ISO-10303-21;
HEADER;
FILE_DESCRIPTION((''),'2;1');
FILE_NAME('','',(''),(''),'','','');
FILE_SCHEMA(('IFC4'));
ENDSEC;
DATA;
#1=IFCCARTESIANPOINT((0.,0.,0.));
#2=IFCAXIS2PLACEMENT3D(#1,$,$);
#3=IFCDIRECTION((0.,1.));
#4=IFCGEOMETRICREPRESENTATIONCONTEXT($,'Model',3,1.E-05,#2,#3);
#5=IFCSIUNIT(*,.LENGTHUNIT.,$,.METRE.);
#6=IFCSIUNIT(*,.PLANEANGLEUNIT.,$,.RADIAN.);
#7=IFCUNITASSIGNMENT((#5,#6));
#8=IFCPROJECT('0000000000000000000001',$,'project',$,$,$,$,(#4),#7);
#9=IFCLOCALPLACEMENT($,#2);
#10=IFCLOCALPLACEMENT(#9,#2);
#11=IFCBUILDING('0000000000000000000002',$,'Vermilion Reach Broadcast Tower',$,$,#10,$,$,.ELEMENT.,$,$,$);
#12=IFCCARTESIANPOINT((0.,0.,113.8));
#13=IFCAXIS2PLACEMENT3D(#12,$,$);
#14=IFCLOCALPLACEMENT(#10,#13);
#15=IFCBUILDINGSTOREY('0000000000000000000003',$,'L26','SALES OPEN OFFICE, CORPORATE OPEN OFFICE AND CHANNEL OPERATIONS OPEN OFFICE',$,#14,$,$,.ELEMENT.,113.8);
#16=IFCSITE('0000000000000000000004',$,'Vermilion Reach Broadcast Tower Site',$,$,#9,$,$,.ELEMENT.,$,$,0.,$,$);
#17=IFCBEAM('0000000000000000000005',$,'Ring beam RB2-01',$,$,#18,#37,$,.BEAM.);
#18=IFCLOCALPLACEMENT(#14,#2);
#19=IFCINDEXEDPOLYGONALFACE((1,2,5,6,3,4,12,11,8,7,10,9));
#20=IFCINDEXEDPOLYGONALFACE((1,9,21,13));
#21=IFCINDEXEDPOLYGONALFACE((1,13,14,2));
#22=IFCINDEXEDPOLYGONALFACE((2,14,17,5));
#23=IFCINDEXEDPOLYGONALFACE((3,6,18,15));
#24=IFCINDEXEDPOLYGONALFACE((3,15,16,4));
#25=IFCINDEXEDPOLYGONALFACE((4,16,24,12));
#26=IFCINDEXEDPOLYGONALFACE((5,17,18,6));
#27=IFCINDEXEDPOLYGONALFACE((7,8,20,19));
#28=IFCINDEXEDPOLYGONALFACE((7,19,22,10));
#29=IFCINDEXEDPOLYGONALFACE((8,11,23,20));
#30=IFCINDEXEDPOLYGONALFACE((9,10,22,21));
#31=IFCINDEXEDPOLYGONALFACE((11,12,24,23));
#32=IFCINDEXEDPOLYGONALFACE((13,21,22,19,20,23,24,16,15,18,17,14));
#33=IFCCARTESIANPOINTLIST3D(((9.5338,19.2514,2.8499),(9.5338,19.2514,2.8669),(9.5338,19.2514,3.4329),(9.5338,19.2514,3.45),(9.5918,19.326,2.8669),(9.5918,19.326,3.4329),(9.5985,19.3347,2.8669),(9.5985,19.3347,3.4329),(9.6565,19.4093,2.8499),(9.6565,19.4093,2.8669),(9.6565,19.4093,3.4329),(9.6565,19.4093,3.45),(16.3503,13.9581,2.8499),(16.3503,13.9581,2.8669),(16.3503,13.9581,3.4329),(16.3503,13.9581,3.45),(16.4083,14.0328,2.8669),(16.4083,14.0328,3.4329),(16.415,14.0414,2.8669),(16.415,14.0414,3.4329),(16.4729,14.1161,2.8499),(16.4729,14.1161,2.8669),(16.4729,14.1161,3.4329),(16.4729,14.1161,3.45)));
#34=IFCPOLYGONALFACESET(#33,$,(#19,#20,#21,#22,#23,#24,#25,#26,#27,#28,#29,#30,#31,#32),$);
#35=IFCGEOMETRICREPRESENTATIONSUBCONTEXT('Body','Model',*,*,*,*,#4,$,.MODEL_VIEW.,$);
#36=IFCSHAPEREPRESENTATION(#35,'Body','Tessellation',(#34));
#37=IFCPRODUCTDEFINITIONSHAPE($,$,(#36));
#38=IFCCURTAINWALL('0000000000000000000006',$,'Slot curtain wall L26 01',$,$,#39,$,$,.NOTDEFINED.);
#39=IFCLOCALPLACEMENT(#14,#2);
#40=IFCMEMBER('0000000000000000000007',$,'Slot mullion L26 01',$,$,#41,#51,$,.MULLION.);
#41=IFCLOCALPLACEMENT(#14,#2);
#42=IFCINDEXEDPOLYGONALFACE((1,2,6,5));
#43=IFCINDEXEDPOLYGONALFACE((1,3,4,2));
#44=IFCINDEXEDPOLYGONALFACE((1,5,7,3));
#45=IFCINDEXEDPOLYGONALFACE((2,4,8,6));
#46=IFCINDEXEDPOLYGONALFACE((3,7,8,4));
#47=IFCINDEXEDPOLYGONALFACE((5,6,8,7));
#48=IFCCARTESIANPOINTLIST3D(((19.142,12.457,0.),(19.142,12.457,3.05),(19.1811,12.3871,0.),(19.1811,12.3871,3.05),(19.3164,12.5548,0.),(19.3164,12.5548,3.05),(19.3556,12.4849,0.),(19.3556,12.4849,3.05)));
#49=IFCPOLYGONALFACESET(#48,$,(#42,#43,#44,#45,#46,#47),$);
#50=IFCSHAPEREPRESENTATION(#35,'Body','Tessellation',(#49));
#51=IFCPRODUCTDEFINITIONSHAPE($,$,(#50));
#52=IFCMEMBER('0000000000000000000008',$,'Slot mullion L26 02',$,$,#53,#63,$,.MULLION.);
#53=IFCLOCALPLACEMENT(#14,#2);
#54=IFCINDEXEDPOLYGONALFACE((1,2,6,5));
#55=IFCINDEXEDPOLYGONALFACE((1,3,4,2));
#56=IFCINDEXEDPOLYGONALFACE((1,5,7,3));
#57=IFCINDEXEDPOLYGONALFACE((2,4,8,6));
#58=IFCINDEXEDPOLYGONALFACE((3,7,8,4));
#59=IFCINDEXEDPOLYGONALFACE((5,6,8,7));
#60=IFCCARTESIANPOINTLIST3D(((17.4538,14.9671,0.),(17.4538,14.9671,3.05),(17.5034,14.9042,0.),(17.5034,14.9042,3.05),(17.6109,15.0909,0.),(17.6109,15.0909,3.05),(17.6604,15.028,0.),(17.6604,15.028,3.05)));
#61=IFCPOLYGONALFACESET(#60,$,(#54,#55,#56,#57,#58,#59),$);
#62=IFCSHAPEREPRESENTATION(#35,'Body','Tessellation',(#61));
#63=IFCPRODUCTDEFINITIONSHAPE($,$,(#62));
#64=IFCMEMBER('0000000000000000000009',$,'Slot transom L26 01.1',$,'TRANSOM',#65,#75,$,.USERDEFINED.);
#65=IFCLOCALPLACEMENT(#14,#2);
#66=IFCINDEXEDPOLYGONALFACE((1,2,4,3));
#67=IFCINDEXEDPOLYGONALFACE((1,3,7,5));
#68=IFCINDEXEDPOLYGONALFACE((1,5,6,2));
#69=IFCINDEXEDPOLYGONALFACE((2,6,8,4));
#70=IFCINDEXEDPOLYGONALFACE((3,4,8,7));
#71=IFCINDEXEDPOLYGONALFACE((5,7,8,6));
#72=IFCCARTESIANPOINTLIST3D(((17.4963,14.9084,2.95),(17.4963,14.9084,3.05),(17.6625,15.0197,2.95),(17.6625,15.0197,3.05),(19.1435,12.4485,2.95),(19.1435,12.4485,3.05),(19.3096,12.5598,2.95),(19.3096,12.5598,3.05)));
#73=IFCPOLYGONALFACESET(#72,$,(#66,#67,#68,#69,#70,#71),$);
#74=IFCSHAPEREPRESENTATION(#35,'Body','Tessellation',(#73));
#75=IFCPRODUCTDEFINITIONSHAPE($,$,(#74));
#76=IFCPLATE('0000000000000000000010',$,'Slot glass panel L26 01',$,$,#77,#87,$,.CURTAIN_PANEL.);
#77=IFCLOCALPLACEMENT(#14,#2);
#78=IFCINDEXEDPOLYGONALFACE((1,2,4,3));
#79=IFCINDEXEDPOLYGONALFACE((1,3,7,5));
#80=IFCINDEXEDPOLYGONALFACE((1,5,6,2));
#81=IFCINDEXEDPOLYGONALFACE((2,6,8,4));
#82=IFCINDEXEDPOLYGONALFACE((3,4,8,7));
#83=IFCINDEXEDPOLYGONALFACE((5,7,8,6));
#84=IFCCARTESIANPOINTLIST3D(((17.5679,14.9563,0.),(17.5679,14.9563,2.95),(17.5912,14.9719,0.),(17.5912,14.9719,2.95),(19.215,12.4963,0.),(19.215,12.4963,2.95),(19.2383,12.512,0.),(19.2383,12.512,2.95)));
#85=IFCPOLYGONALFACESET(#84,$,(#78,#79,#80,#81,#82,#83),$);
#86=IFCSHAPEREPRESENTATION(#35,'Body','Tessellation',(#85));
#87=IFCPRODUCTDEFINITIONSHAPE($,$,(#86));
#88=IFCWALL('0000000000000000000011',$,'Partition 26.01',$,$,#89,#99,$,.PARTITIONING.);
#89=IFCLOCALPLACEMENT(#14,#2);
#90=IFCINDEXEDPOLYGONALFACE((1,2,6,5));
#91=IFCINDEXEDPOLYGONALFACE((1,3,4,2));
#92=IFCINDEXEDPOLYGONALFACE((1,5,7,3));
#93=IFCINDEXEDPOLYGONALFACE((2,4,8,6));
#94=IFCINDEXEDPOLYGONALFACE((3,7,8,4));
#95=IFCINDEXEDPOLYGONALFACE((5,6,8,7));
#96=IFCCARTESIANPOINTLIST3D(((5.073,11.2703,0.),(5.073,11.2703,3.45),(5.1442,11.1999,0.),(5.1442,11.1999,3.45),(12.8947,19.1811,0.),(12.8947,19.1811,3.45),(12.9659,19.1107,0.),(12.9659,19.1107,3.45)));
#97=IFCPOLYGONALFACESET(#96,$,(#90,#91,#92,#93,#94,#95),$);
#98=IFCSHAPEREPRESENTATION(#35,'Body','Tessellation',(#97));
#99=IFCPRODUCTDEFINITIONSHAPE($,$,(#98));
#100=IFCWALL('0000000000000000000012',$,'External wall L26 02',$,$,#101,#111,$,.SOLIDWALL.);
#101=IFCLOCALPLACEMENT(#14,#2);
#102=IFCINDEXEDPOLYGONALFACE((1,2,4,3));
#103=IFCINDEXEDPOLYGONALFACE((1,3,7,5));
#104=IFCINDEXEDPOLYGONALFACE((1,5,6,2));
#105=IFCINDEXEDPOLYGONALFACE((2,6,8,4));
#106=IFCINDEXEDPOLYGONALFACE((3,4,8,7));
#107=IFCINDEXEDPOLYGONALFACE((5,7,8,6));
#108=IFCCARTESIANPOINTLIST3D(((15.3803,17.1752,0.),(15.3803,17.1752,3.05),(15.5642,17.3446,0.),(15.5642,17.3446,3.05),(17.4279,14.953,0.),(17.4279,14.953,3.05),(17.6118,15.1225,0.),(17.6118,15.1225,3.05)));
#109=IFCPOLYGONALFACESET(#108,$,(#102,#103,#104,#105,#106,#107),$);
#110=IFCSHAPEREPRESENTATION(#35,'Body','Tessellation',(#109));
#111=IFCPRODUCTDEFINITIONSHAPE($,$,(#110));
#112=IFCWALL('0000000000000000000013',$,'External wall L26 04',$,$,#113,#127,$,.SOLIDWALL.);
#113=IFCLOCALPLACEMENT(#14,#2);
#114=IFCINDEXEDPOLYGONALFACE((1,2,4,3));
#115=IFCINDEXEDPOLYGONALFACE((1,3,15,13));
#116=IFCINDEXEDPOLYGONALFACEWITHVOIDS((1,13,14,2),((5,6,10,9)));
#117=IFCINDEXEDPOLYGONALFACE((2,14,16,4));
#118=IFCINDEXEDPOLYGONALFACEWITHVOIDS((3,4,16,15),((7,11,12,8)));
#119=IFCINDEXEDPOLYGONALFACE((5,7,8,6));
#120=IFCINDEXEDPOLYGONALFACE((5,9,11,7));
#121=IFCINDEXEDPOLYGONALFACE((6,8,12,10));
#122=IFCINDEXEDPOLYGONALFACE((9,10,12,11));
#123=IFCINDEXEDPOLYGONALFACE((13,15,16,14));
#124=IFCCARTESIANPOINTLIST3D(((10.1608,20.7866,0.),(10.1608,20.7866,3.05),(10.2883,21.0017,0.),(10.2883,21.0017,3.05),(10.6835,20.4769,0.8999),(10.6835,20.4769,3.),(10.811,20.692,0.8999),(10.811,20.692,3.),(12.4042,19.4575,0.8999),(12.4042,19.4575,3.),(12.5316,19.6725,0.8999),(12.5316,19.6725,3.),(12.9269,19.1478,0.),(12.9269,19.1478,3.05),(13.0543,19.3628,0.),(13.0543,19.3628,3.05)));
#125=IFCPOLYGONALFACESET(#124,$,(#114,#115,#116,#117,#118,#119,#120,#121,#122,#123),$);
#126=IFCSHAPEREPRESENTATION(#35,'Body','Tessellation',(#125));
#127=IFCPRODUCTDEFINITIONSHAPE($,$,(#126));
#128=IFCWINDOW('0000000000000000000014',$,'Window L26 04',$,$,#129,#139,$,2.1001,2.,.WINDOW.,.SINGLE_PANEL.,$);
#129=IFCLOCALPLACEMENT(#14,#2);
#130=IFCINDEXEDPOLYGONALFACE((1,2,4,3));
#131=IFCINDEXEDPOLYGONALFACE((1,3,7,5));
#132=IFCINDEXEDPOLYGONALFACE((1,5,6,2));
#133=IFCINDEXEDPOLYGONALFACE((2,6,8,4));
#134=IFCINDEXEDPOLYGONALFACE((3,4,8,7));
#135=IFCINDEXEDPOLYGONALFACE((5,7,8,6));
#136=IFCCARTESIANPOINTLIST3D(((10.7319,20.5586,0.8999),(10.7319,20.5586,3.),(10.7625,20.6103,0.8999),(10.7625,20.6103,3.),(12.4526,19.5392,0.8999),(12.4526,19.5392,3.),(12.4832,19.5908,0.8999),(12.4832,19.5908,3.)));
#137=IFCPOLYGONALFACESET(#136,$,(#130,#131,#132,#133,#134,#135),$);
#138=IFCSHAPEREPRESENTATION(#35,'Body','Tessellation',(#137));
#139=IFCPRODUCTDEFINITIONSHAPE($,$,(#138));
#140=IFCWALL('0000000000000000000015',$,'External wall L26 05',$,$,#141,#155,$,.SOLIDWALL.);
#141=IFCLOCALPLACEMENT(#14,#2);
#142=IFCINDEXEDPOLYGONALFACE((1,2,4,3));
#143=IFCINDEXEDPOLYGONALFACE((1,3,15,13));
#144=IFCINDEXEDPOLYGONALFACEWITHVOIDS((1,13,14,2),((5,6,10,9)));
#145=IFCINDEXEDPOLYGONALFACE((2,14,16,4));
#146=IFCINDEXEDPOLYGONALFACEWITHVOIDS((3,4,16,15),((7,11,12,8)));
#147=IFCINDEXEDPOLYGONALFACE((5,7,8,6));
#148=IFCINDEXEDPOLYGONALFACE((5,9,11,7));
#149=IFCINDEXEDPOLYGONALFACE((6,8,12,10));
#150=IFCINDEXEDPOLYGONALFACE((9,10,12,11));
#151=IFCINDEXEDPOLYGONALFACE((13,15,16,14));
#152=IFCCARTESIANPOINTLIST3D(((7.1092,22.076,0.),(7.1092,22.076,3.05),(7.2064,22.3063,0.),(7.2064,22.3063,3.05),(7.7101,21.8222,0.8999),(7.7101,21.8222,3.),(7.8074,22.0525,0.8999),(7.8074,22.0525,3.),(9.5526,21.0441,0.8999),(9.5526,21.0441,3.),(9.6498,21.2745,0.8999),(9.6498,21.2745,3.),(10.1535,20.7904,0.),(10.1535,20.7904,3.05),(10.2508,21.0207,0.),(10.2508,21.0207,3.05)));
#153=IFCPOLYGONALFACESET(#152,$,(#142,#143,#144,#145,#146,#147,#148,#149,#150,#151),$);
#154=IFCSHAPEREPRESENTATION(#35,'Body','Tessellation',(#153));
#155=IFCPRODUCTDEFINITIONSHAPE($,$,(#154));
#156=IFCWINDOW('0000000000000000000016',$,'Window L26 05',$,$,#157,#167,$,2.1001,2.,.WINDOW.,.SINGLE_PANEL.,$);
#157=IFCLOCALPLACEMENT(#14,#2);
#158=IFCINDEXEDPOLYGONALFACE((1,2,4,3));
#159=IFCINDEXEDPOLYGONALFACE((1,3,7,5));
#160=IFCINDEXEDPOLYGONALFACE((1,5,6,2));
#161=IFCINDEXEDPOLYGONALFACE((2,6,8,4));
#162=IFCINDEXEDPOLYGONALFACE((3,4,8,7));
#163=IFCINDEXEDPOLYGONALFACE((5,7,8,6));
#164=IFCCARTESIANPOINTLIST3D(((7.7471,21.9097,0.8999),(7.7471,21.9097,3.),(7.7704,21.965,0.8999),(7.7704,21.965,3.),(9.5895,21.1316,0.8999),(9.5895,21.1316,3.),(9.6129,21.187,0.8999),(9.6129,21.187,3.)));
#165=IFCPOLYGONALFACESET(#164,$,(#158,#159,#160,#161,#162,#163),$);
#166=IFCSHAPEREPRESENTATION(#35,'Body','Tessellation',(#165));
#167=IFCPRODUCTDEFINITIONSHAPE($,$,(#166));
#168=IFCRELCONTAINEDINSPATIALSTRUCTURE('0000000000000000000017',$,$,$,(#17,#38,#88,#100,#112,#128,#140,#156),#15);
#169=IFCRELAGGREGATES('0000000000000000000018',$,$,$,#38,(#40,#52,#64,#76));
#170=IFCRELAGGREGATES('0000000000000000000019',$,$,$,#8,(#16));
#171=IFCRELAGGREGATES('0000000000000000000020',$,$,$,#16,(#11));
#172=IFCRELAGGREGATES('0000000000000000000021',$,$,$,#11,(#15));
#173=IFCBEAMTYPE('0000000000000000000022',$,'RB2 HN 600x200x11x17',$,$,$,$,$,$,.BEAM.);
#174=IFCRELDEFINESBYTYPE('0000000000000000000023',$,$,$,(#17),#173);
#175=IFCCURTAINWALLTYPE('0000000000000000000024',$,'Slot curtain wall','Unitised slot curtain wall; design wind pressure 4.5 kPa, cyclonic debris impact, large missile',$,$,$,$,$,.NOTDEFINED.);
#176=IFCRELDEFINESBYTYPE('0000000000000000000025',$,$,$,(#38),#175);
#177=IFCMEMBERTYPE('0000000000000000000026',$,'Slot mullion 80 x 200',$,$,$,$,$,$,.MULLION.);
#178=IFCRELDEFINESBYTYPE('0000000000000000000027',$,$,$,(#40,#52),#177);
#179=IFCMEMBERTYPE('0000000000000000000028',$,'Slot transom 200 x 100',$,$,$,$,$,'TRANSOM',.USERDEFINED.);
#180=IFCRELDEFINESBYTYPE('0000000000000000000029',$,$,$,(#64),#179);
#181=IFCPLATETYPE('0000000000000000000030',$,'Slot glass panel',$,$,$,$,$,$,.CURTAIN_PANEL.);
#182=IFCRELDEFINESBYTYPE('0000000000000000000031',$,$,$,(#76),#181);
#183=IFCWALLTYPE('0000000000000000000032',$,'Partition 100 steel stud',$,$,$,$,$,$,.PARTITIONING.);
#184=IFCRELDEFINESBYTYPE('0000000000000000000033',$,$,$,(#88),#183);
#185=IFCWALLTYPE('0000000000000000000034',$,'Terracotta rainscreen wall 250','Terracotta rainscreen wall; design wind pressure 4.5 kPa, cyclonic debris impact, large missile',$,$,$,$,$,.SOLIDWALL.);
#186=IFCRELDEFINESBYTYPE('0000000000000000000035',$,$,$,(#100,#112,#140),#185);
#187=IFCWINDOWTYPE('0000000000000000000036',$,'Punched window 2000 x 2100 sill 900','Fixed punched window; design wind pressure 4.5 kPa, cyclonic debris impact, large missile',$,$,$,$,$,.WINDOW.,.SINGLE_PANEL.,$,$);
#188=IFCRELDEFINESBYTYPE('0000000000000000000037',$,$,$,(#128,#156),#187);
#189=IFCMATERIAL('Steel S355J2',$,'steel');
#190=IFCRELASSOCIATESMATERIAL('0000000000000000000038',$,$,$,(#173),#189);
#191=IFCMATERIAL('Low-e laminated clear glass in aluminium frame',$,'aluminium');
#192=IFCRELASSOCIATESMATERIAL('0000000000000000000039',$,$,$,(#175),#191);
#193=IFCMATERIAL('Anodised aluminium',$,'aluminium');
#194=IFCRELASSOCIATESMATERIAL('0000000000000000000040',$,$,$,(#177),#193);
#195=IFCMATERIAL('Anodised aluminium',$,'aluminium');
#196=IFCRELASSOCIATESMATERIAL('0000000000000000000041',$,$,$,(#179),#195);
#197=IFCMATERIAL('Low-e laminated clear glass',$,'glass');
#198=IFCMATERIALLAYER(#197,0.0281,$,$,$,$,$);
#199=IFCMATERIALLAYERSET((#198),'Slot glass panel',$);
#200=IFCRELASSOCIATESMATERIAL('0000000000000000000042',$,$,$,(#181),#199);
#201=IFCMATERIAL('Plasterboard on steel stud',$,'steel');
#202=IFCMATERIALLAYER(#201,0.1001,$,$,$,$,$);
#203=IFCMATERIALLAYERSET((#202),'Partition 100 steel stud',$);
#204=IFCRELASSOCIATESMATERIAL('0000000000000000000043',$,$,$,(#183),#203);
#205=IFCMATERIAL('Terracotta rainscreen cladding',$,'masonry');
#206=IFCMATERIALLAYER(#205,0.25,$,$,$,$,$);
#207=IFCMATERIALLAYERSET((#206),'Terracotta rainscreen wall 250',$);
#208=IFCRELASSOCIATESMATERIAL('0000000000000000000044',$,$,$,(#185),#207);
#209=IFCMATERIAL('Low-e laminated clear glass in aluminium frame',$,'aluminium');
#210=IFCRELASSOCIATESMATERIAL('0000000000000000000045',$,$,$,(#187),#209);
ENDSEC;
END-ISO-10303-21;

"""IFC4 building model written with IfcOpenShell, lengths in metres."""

from ifc_helpers import new_model, si_unit, direction, frame, frame_2d, origin, origin_2d, place, context, subcontext, project, spatial, rectangle, i_section, extrude, material, layer, layer_set, material_profile, profile_set, type_object, element, fill, aggregate, save


model = new_model("IFC4")

# Units and contexts
model_context = context("Model", 3, precision=1e-05, world=origin(), true_north=direction((0.0, 1.0)))
body_context = subcontext(model_context, "Body", "Model", "MODEL_VIEW")
ifc_project = project(units=[si_unit("LENGTHUNIT", "METRE"), si_unit("PLANEANGLEUNIT", "RADIAN")], contexts=[model_context])

# Site, building, storey
site_placement = place(None, origin())
site = spatial("IfcSite", under=ifc_project, at=site_placement, Name="Vermilion Reach Broadcast Tower Site", CompositionType="ELEMENT", RefElevation=0.0)
building_placement = place(site_placement, origin())
building = spatial("IfcBuilding", under=site, at=building_placement, Name="Vermilion Reach Broadcast Tower", CompositionType="ELEMENT")
storey_placement = place(building_placement, frame((0.0, 0.0, 113.8)))
storey = spatial("IfcBuildingStorey", under=building, at=storey_placement, Name="L26", Description="SALES OPEN OFFICE, CORPORATE OPEN OFFICE AND CHANNEL OPERATIONS OPEN OFFICE", CompositionType="ELEMENT", Elevation=113.8)

# Beam
ifc_material_1 = material(Name="Steel S355J2", Category="steel")
ifc_material_profile_1 = material_profile(ifc_material_1, i_section(OverallWidth=0.2, OverallDepth=0.6001, WebThickness=0.011, FlangeThickness=0.0171, at=origin_2d()), Name="S355J2 HN 600x200x11x17")
ifc_profile_set_1 = profile_set([ifc_material_profile_1], Name="Steel S355J2")
beam_type_1 = type_object("IfcBeamType", Name="RB2 HN 600x200x11x17", PredefinedType="BEAM", material=ifc_profile_set_1)
beam_1_placement = place(storey_placement, frame((16.4116, 14.0371, 3.1499), z_axis=(-0.789826, 0.613331, 0.0), x_axis=(-0.613331, -0.789826, 0.0)))
element("IfcBeam", 1, at=beam_1_placement, inside=storey, type_object=beam_type_1, Name="Ring beam RB2-01", PredefinedType="BEAM", context=body_context, shape_type="SweptSolid", body=[
    extrude(i_section(OverallWidth=0.2, OverallDepth=0.6001, WebThickness=0.011, FlangeThickness=0.0171, at=origin_2d()), origin(), (0.0, 0.0, 1.0), 8.6304),
])

# Curtain wall, members, plate
ifc_material_2 = material(Name="Low-e laminated clear glass in aluminium frame", Category="aluminium")
curtain_wall_type = type_object("IfcCurtainWallType", Name="Slot curtain wall", Description="Unitised slot curtain wall; design wind pressure 4.5 kPa, cyclonic debris impact, large missile", PredefinedType="NOTDEFINED", material=ifc_material_2)
curtain_wall_placement = place(storey_placement, origin())
curtain_wall = element("IfcCurtainWall", 2, at=curtain_wall_placement, inside=storey, type_object=curtain_wall_type, Name="Slot curtain wall L26 01", PredefinedType="NOTDEFINED")
ifc_material_3 = material(Name="Anodised aluminium", Category="aluminium")
ifc_material_profile_2 = material_profile(ifc_material_3, rectangle(XDim=0.2, YDim=0.0801, at=origin_2d()), Name="Slot mullion 80 x 200")
ifc_profile_set_2 = profile_set([ifc_material_profile_2], Name="Anodised aluminium")
member_type_1 = type_object("IfcMemberType", Name="Slot mullion 80 x 200", PredefinedType="MULLION", material=ifc_profile_set_2)
member_1_placement = place(storey_placement, frame((19.2488, 12.4709, 0.0), z_axis=(0.0, 0.0, 1.0), x_axis=(-0.872335, -0.488909, 0.0)))
member_1 = element("IfcMember", 3, at=member_1_placement, type_object=member_type_1, Name="Slot mullion L26 01", PredefinedType="MULLION", context=body_context, shape_type="SweptSolid", body=[
    extrude(rectangle(XDim=0.2, YDim=0.0801, at=origin_2d()), origin(), (0.0, 0.0, 1.0), 3.05),
])
member_2_placement = place(storey_placement, frame((17.5571, 14.9976, 0.0), z_axis=(0.0, 0.0, 1.0), x_axis=(-0.785496, -0.618867, 0.0)))
member_2 = element("IfcMember", 4, at=member_2_placement, type_object=member_type_1, Name="Slot mullion L26 02", PredefinedType="MULLION", context=body_context, shape_type="SweptSolid", body=[
    extrude(rectangle(XDim=0.2, YDim=0.0801, at=origin_2d()), origin(), (0.0, 0.0, 1.0), 3.05),
])
ifc_material_4 = material(Name="Anodised aluminium", Category="aluminium")
ifc_material_profile_3 = material_profile(ifc_material_4, rectangle(XDim=0.2, YDim=0.1001, at=origin_2d()), Name="Slot transom 200 x 100")
ifc_profile_set_3 = profile_set([ifc_material_profile_3], Name="Anodised aluminium")
member_type_2 = type_object("IfcMemberType", Name="Slot transom 200 x 100", ElementType="TRANSOM", PredefinedType="USERDEFINED", material=ifc_profile_set_3)
member_3_placement = place(storey_placement, frame((19.2266, 12.5042, 3.0), z_axis=(-0.556393, 0.830919, 0.0), x_axis=(-0.830919, -0.556393, 0.0)))
member_3 = element("IfcMember", 5, at=member_3_placement, type_object=member_type_2, Name="Slot transom L26 01.1", ObjectType="TRANSOM", PredefinedType="USERDEFINED", context=body_context, shape_type="SweptSolid", body=[
    extrude(rectangle(XDim=0.2, YDim=0.1001, at=origin_2d()), origin(), (0.0, 0.0, 1.0), 2.9604),
])
ifc_material_5 = material(Name="Low-e laminated clear glass", Category="glass")
ifc_layer_1 = layer(ifc_material_5, 0.0281)
ifc_layer_set_1 = layer_set([ifc_layer_1], Name="Slot glass panel")
plate_type = type_object("IfcPlateType", Name="Slot glass panel", PredefinedType="CURTAIN_PANEL", material=ifc_layer_set_1)
plate_placement = place(storey_placement, frame((18.4031, 13.7341, 0.0), z_axis=(0.0, 0.0, 1.0), x_axis=(-0.556361, 0.83094, 0.0)))
plate = element("IfcPlate", 6, at=plate_placement, type_object=plate_type, Name="Slot glass panel L26 01", PredefinedType="CURTAIN_PANEL", context=body_context, shape_type="SweptSolid", body=[
    extrude(rectangle(XDim=2.9604, YDim=0.0281, at=origin_2d()), origin(), (0.0, 0.0, 1.0), 2.95),
])
aggregate(curtain_wall, [member_1, member_2, member_3, plate])

# Walls
ifc_material_6 = material(Name="Plasterboard on steel stud", Category="steel")
ifc_layer_2 = layer(ifc_material_6, 0.1001)
ifc_layer_set_2 = layer_set([ifc_layer_2], Name="Partition 100 steel stud")
wall_type_1 = type_object("IfcWallType", Name="Partition 100 steel stud", PredefinedType="PARTITIONING", material=ifc_layer_set_2)
wall_1_placement = place(storey_placement, frame((12.9304, 19.146, 0.0), z_axis=(0.0, 0.0, 1.0), x_axis=(-0.70309, -0.7111, 0.0)))
element("IfcWall", 7, at=wall_1_placement, inside=storey, type_object=wall_type_1, Name="Partition 26.01", PredefinedType="PARTITIONING", context=body_context, shape_type="SweptSolid", body=[
    extrude(rectangle(XDim=11.1248, YDim=0.1001, at=frame_2d((5.5625, 0.0))), origin(), (0.0, 0.0, 1.0), 3.45),
])
ifc_material_7 = material(Name="Terracotta rainscreen cladding", Category="masonry")
ifc_layer_3 = layer(ifc_material_7, 0.25)
ifc_layer_set_3 = layer_set([ifc_layer_3], Name="Terracotta rainscreen wall 250")
wall_type_2 = type_object("IfcWallType", Name="Terracotta rainscreen wall 250", Description="Terracotta rainscreen wall; design wind pressure 4.5 kPa, cyclonic debris impact, large missile", PredefinedType="SOLIDWALL", material=ifc_layer_set_3)
wall_2_placement = place(storey_placement, frame((17.5198, 15.0378, 0.0), z_axis=(0.0, 0.0, 1.0), x_axis=(-0.677632, 0.735401, 0.0)))
element("IfcWall", 8, at=wall_2_placement, inside=storey, type_object=wall_type_2, Name="External wall L26 02", PredefinedType="SOLIDWALL", context=body_context, shape_type="SweptSolid", body=[
    extrude(rectangle(XDim=3.0217, YDim=0.25, at=frame_2d((1.5107, 0.0))), origin(), (0.0, 0.0, 1.0), 3.05),
])

# Walls, openings, windows
wall_3_placement = place(storey_placement, frame((12.9905, 19.2554, 0.0), z_axis=(0.0, 0.0, 1.0), x_axis=(-0.860327, 0.509742, 0.0)))
wall_3 = element("IfcWall", 9, at=wall_3_placement, inside=storey, type_object=wall_type_2, Name="External wall L26 04", PredefinedType="SOLIDWALL", context=body_context, shape_type="SweptSolid", body=[
    extrude(rectangle(XDim=3.2151, YDim=0.25, at=frame_2d((1.6074, 0.0))), origin(), (0.0, 0.0, 1.0), 3.05),
])
opening_1_placement = place(wall_3_placement, frame((0.6074, 0.0, 0.8999)))
opening_1 = element("IfcOpeningElement", 10, at=opening_1_placement, cuts=wall_3, PredefinedType="OPENING", context=body_context, shape_type="SweptSolid", body=[
    extrude(rectangle(XDim=2.0, YDim=2.1001, at=frame_2d((1.0, 1.05))), frame((0.0, 0.135, 0.0), z_axis=(0.0, -1.0, 0.0), x_axis=(1.0, 0.0, 0.0)), (0.0, 0.0, 1.0), 0.27),
])
ifc_material_8 = material(Name="Low-e laminated clear glass in aluminium frame", Category="aluminium")
window_type = type_object("IfcWindowType", Name="Punched window 2000 x 2100 sill 900", Description="Fixed punched window; design wind pressure 4.5 kPa, cyclonic debris impact, large missile", PartitioningType="SINGLE_PANEL", PredefinedType="WINDOW", material=ifc_material_8)
window_1_placement = place(opening_1_placement, origin())
window_1 = element("IfcWindow", 11, at=window_1_placement, inside=storey, type_object=window_type, Name="Window L26 04", OverallHeight=2.1001, OverallWidth=2.0, PartitioningType="SINGLE_PANEL", PredefinedType="WINDOW", context=body_context, shape_type="SweptSolid", body=[
    extrude(rectangle(XDim=2.0, YDim=2.1001, at=frame_2d((1.0, 1.05))), frame((0.0, 0.03, 0.0), z_axis=(0.0, -1.0, 0.0), x_axis=(1.0, 0.0, 0.0)), (0.0, 0.0, 1.0), 0.0601),
])
fill(opening_1, window_1)
wall_4_placement = place(storey_placement, frame((10.2021, 20.9055, 0.0), z_axis=(0.0, 0.0, 1.0), x_axis=(-0.921226, 0.389028, 0.0)))
wall_4 = element("IfcWall", 12, at=wall_4_placement, inside=storey, type_object=wall_type_2, Name="External wall L26 05", PredefinedType="SOLIDWALL", context=body_context, shape_type="SweptSolid", body=[
    extrude(rectangle(XDim=3.3047, YDim=0.25, at=frame_2d((1.6523, 0.0))), origin(), (0.0, 0.0, 1.0), 3.05),
])
opening_2_placement = place(wall_4_placement, frame((0.6523, 0.0, 0.8999)))
opening_2 = element("IfcOpeningElement", 13, at=opening_2_placement, cuts=wall_4, PredefinedType="OPENING", context=body_context, shape_type="SweptSolid", body=[
    extrude(rectangle(XDim=2.0, YDim=2.1001, at=frame_2d((1.0, 1.05))), frame((0.0, 0.135, 0.0), z_axis=(0.0, -1.0, 0.0), x_axis=(1.0, 0.0, 0.0)), (0.0, 0.0, 1.0), 0.27),
])
window_2_placement = place(opening_2_placement, origin())
window_2 = element("IfcWindow", 14, at=window_2_placement, inside=storey, type_object=window_type, Name="Window L26 05", OverallHeight=2.1001, OverallWidth=2.0, PartitioningType="SINGLE_PANEL", PredefinedType="WINDOW", context=body_context, shape_type="SweptSolid", body=[
    extrude(rectangle(XDim=2.0, YDim=2.1001, at=frame_2d((1.0, 1.05))), frame((0.0, 0.03, 0.0), z_axis=(0.0, -1.0, 0.0), x_axis=(1.0, 0.0, 0.0)), (0.0, 0.0, 1.0), 0.0601),
])
fill(opening_2, window_2)

save(model, "model.ifc")
